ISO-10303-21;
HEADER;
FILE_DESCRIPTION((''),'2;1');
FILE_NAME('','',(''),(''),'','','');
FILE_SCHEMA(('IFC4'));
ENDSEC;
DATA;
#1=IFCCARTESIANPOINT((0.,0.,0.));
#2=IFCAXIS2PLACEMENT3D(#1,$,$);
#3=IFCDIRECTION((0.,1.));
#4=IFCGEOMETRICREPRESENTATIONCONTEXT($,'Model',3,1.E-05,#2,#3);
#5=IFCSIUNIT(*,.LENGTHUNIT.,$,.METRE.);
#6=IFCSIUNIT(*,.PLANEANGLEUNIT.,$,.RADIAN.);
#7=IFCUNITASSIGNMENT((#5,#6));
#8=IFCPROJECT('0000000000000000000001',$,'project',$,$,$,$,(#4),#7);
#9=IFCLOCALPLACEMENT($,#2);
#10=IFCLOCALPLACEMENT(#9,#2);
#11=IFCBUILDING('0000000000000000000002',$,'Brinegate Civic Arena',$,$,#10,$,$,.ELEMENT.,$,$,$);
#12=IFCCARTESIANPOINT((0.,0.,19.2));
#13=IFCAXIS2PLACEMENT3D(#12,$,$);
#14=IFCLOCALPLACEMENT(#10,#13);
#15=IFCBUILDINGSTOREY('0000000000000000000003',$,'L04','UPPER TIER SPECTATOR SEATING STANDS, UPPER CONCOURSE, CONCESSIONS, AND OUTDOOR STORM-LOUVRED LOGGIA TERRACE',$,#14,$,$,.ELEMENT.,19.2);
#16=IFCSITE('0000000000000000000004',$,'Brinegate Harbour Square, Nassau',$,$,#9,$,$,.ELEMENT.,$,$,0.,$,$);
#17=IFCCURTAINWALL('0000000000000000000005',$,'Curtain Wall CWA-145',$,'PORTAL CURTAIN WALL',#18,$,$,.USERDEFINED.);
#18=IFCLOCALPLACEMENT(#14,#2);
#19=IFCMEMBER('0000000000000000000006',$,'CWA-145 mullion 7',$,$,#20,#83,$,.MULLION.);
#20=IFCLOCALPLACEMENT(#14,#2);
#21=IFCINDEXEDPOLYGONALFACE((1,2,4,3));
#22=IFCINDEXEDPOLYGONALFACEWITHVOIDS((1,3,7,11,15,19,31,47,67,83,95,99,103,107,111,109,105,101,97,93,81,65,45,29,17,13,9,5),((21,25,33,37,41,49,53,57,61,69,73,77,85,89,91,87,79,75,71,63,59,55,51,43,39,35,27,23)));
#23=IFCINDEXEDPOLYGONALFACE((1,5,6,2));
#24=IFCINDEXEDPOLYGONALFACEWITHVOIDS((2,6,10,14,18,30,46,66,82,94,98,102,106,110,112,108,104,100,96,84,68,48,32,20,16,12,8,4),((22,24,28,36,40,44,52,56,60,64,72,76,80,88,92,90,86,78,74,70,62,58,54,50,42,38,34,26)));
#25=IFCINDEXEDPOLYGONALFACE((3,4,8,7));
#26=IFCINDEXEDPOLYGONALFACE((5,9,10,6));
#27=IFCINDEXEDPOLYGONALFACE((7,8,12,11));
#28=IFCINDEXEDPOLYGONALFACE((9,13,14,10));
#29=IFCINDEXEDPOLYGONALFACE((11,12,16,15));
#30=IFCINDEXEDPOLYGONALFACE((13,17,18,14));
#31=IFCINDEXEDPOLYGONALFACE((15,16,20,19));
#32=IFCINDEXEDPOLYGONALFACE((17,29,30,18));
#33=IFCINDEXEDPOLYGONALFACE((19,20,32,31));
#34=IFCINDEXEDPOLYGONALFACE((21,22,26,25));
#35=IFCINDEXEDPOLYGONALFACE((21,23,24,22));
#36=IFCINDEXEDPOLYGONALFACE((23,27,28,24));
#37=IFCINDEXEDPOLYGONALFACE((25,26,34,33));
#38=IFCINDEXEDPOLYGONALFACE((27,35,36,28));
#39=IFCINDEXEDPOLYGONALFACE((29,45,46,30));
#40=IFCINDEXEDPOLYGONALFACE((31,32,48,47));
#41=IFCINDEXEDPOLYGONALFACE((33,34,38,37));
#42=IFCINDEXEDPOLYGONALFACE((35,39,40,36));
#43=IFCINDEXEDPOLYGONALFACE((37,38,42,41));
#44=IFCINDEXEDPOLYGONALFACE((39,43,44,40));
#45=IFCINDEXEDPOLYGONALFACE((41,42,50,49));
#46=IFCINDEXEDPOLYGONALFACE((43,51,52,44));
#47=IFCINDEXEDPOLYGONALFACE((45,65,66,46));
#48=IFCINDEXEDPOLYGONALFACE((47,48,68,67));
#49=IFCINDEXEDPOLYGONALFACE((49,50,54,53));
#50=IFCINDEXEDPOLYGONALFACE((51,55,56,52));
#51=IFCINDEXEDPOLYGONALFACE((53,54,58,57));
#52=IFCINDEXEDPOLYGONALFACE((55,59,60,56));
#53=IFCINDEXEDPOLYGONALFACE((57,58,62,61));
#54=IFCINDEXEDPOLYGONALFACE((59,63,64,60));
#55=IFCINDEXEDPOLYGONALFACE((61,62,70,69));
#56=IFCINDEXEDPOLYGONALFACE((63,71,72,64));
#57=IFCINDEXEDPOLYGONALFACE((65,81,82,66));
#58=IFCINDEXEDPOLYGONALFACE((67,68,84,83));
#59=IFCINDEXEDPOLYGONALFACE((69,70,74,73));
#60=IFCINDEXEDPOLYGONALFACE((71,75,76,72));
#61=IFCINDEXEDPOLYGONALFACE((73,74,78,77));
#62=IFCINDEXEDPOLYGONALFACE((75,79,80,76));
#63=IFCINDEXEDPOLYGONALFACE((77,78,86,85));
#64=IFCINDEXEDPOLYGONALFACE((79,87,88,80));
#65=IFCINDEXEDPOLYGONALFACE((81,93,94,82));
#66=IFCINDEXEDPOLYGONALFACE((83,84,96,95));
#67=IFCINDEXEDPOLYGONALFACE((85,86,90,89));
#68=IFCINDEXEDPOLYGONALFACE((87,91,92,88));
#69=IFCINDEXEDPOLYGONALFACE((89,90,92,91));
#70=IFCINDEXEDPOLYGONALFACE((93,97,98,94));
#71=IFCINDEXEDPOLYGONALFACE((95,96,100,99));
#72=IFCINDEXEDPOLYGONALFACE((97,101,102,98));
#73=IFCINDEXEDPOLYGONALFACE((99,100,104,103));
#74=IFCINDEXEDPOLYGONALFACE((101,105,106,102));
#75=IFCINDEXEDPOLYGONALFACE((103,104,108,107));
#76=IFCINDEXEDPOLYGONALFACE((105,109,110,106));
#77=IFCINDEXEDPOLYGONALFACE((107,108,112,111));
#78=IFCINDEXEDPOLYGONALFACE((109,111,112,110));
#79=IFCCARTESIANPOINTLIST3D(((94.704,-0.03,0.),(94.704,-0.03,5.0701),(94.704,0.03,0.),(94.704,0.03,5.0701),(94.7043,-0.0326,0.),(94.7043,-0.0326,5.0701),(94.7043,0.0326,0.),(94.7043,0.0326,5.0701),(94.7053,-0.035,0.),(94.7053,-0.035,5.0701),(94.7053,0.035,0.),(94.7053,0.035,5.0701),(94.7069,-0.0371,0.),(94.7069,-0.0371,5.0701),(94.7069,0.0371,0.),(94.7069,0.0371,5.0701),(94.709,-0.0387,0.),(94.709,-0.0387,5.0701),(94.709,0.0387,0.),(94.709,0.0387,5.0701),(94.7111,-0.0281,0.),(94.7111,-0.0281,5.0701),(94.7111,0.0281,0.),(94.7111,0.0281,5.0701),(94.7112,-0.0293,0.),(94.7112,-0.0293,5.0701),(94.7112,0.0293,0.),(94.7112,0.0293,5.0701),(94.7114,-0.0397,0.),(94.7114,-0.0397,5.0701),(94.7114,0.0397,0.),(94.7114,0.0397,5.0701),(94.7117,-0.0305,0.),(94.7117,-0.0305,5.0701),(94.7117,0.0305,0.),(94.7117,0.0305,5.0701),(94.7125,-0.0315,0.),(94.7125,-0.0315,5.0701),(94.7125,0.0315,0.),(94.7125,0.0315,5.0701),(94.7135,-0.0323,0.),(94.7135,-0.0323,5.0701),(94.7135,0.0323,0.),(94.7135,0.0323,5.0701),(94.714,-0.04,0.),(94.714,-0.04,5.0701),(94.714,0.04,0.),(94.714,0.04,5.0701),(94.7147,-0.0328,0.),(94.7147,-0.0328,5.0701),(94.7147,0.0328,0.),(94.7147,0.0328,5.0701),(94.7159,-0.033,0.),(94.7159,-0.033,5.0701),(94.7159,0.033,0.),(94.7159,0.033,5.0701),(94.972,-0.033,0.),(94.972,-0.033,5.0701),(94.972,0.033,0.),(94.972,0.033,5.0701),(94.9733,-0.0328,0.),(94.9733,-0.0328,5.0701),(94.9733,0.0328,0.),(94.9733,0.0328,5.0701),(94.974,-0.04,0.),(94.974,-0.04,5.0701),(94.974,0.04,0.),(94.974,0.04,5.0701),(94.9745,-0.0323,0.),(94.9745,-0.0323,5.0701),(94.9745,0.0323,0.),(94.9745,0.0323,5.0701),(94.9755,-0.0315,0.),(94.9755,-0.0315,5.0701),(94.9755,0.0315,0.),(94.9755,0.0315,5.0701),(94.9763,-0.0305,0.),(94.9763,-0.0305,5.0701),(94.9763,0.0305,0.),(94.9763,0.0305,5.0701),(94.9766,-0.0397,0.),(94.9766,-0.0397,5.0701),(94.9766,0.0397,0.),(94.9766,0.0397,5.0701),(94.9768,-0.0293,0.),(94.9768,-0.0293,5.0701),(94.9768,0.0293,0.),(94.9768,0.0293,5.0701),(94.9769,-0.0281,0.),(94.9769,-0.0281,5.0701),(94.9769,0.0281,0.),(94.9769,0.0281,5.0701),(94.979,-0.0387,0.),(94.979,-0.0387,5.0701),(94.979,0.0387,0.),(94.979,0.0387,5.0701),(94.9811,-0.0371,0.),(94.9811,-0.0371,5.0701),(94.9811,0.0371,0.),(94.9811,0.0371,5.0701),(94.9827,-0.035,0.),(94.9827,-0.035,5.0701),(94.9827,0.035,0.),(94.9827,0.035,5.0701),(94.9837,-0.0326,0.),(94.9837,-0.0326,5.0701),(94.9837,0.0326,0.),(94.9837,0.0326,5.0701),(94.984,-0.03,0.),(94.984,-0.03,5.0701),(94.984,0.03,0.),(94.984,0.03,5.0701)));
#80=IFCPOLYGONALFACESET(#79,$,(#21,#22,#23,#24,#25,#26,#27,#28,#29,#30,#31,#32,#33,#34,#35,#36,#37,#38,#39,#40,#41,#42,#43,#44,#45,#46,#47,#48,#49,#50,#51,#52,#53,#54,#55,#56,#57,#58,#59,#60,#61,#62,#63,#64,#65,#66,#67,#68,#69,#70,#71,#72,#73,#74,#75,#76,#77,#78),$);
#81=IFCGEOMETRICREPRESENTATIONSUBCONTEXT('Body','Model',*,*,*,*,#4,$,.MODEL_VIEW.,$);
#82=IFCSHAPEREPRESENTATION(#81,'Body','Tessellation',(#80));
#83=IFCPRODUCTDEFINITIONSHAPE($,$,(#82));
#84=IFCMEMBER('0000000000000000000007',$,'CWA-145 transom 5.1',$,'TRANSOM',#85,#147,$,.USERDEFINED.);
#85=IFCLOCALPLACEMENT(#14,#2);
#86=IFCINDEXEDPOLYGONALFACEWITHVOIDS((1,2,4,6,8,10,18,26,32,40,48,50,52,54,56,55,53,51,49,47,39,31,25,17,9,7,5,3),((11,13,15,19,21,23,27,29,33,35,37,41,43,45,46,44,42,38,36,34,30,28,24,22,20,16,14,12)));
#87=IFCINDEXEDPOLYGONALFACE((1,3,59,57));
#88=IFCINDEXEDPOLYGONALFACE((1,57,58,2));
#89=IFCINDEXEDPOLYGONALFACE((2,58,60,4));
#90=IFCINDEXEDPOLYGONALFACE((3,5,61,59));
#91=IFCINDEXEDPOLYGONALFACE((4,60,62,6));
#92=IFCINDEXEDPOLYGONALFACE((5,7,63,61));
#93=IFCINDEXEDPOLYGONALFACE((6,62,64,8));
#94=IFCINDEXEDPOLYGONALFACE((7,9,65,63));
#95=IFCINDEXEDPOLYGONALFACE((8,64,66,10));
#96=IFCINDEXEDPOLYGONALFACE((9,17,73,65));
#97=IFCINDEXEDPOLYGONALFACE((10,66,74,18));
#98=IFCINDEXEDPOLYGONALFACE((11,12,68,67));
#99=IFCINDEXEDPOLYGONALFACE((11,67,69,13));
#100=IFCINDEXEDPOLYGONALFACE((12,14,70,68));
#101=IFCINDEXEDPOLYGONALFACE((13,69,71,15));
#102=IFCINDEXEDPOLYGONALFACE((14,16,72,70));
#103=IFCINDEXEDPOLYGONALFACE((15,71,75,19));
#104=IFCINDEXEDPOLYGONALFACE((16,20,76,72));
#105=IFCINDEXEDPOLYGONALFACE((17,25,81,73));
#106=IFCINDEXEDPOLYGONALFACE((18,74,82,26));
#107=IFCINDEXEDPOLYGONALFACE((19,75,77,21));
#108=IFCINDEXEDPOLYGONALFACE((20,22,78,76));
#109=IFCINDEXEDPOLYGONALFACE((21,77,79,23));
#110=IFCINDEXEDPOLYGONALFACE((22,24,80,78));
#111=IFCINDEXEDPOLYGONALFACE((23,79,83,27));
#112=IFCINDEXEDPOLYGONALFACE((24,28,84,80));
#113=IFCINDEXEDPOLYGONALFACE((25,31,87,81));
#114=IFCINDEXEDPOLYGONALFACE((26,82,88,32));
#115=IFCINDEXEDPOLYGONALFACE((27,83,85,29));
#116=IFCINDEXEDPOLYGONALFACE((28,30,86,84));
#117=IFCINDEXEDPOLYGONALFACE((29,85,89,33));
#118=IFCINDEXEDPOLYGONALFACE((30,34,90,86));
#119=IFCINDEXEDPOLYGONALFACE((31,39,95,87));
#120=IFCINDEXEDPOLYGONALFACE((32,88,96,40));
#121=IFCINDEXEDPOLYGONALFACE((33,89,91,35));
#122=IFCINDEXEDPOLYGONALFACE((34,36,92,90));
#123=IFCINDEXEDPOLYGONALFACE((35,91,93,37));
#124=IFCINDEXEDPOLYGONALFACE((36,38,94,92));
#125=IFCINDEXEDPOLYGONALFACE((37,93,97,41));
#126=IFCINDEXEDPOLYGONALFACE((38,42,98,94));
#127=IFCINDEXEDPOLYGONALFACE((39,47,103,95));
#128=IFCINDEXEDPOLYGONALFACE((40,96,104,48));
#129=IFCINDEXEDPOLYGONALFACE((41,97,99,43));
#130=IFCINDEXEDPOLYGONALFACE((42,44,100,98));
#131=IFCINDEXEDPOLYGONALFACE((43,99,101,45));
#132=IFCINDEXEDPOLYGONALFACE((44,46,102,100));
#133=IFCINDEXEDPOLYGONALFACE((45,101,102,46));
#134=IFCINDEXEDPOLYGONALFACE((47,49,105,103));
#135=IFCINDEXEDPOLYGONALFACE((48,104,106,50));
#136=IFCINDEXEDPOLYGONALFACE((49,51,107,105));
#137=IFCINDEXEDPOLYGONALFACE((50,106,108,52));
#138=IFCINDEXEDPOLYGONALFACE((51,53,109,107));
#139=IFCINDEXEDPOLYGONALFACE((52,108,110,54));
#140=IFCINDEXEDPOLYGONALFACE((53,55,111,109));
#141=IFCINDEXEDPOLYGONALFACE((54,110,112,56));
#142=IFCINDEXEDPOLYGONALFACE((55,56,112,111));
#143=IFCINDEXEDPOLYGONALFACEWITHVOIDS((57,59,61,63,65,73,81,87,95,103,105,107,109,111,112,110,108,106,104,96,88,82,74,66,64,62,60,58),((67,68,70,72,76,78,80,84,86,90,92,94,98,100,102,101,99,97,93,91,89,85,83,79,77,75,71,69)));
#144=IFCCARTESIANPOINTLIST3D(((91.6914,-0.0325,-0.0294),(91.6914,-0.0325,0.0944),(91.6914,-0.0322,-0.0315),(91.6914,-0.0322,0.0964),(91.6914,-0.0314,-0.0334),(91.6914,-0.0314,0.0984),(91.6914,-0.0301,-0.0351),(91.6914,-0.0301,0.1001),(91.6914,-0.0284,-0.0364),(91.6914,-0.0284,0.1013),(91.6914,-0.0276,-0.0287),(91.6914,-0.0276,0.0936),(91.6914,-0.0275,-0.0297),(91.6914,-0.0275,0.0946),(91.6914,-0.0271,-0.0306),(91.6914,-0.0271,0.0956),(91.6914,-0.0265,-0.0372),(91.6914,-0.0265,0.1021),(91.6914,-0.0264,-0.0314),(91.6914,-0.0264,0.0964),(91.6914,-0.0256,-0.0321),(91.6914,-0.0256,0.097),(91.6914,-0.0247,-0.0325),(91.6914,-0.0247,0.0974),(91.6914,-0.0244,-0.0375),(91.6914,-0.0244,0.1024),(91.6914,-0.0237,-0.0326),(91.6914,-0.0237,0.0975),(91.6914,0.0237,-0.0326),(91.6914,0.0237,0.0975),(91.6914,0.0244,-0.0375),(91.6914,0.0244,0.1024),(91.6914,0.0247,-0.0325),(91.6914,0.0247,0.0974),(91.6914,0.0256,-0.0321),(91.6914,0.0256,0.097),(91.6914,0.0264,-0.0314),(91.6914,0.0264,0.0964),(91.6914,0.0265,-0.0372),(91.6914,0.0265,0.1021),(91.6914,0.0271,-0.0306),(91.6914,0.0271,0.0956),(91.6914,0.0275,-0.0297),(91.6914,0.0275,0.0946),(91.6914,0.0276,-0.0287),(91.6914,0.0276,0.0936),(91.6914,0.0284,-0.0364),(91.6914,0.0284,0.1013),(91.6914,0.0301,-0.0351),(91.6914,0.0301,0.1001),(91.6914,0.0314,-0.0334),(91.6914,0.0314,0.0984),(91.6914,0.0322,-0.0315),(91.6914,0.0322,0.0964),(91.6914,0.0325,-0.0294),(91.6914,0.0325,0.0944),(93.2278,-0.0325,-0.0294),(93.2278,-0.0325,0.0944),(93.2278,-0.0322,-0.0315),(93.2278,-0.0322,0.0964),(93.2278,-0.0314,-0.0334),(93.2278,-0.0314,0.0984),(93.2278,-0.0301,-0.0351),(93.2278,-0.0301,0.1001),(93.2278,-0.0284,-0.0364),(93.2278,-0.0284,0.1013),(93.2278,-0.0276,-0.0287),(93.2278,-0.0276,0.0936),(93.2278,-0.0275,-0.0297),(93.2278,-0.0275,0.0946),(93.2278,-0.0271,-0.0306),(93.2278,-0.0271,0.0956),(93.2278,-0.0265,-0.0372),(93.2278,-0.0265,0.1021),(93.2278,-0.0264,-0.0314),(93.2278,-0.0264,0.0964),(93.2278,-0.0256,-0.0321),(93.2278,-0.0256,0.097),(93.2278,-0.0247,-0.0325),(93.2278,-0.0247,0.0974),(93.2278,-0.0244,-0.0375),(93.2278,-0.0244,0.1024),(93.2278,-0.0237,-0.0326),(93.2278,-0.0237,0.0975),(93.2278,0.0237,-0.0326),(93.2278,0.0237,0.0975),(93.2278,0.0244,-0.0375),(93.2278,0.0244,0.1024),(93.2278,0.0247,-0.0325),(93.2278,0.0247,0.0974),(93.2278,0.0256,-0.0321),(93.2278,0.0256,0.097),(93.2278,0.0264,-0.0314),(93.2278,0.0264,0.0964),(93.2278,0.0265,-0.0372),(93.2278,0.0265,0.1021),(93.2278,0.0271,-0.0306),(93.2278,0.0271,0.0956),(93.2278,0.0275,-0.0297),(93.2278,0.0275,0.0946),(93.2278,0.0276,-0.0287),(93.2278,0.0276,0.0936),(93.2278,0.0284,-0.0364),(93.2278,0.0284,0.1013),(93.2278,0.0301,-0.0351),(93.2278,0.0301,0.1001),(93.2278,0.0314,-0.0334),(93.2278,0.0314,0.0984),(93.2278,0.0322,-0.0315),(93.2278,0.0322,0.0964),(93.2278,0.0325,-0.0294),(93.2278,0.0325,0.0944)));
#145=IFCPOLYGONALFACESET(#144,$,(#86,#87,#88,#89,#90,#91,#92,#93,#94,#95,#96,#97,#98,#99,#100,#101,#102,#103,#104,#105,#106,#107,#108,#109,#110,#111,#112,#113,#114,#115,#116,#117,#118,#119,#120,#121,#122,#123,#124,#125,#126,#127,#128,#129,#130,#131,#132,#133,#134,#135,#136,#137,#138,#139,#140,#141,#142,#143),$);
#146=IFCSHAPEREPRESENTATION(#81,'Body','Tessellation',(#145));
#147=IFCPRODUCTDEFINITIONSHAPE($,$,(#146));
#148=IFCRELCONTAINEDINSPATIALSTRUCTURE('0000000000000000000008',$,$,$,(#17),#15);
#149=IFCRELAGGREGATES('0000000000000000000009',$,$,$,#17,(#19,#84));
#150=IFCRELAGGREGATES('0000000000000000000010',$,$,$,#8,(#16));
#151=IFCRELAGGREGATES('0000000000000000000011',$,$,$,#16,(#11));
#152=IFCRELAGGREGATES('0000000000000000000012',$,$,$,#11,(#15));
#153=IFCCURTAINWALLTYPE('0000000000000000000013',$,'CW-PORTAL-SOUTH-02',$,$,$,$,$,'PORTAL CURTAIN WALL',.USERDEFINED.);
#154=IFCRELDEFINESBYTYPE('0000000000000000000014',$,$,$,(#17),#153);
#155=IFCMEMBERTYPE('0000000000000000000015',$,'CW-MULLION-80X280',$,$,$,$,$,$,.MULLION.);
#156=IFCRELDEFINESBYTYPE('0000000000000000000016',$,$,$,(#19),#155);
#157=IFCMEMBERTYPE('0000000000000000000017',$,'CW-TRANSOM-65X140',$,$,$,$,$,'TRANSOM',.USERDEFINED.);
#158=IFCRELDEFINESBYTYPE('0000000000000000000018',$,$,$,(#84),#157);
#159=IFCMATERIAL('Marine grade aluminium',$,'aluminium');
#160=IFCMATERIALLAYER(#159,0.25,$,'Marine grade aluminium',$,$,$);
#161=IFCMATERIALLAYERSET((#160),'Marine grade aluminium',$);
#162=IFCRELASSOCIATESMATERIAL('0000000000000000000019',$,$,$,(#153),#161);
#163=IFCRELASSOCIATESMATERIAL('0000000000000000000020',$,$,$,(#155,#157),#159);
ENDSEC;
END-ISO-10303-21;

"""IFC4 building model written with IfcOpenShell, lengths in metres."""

from ifc_helpers import new_model, si_unit, direction, frame, origin, origin_2d, place, context, subcontext, project, spatial, hollow_rectangle, extrude, material, layer, layer_set, material_profile, profile_set, type_object, element, aggregate, save


model = new_model("IFC4")

# Units and contexts
model_context = context("Model", 3, precision=1e-05, world=origin(), true_north=direction((0.0, 1.0)))
body_context = subcontext(model_context, "Body", "Model", "MODEL_VIEW")
ifc_project = project(units=[si_unit("LENGTHUNIT", "METRE"), si_unit("PLANEANGLEUNIT", "RADIAN")], contexts=[model_context])

# Site, building, storey
site_placement = place(None, origin())
site = spatial("IfcSite", under=ifc_project, at=site_placement, Name="Brinegate Harbour Square, Nassau", CompositionType="ELEMENT", RefElevation=0.0)
building_placement = place(site_placement, origin())
building = spatial("IfcBuilding", under=site, at=building_placement, Name="Brinegate Civic Arena", CompositionType="ELEMENT")
storey_placement = place(building_placement, frame((0.0, 0.0, 19.2)))
storey = spatial("IfcBuildingStorey", under=building, at=storey_placement, Name="L04", Description="UPPER TIER SPECTATOR SEATING STANDS, UPPER CONCOURSE, CONCESSIONS, AND OUTDOOR STORM-LOUVRED LOGGIA TERRACE", CompositionType="ELEMENT", Elevation=19.2)

# Curtain wall, members
ifc_material_1 = material(Name="Marine grade aluminium", Category="aluminium")
ifc_layer_1 = layer(ifc_material_1, 0.25, Name="Marine grade aluminium")
ifc_layer_set_1 = layer_set([ifc_layer_1], Name="Marine grade aluminium")
curtain_wall_type = type_object("IfcCurtainWallType", Name="CW-PORTAL-SOUTH-02", ElementType="PORTAL CURTAIN WALL", PredefinedType="USERDEFINED", material=ifc_layer_set_1)
curtain_wall_1_placement = place(storey_placement, origin())
curtain_wall_1 = element("IfcCurtainWall", 1, at=curtain_wall_1_placement, inside=storey, type_object=curtain_wall_type, Name="Curtain Wall CWA-145", ObjectType="PORTAL CURTAIN WALL", PredefinedType="USERDEFINED")
ifc_material_profile_1 = material_profile(ifc_material_1, hollow_rectangle(XDim=0.0801, YDim=0.28, WallThickness=0.0071, InnerFilletRadius=0.0049, OuterFilletRadius=0.01, at=origin_2d()), Name="MUL80X280")
ifc_profile_set_1 = profile_set([ifc_material_profile_1], Name="Marine grade aluminium")
member_type_1 = type_object("IfcMemberType", Name="CW-MULLION-80X280", PredefinedType="MULLION", material=ifc_profile_set_1)
member_1_placement = place(storey_placement, frame((94.844, 0.0, 0.0), z_axis=(0.0, 0.0, 1.0), x_axis=(0.0, 1.0, 0.0)))
member_1 = element("IfcMember", 2, at=member_1_placement, type_object=member_type_1, Name="CWA-145 mullion 7", PredefinedType="MULLION", context=body_context, shape_type="SweptSolid", body=[
    extrude(hollow_rectangle(XDim=0.0801, YDim=0.28, WallThickness=0.0071, InnerFilletRadius=0.0049, OuterFilletRadius=0.01, at=origin_2d()), origin(), (0.0, 0.0, 1.0), 5.0701),
])
ifc_material_profile_2 = material_profile(ifc_material_1, hollow_rectangle(XDim=0.0649, YDim=0.1399, WallThickness=0.0049, InnerFilletRadius=0.0039, OuterFilletRadius=0.0081, at=origin_2d()), Name="TRN65X140")
ifc_profile_set_2 = profile_set([ifc_material_profile_2], Name="Marine grade aluminium")
member_type_2 = type_object("IfcMemberType", Name="CW-TRANSOM-65X140", ElementType="TRANSOM", PredefinedType="USERDEFINED", material=ifc_profile_set_2)
member_2_placement = place(storey_placement, frame((91.6914, 0.0, 0.0325), z_axis=(1.0, 0.0, 0.0), x_axis=(0.0, 1.0, 0.0)))
member_2 = element("IfcMember", 3, at=member_2_placement, type_object=member_type_2, Name="CWA-145 transom 5.1", ObjectType="TRANSOM", PredefinedType="USERDEFINED", context=body_context, shape_type="SweptSolid", body=[
    extrude(hollow_rectangle(XDim=0.0649, YDim=0.1399, WallThickness=0.0049, InnerFilletRadius=0.0039, OuterFilletRadius=0.0081, at=origin_2d()), origin(), (0.0, 0.0, 1.0), 1.5364),
])

aggregate(curtain_wall_1, [member_1, member_2])

save(model, "model.ifc")
